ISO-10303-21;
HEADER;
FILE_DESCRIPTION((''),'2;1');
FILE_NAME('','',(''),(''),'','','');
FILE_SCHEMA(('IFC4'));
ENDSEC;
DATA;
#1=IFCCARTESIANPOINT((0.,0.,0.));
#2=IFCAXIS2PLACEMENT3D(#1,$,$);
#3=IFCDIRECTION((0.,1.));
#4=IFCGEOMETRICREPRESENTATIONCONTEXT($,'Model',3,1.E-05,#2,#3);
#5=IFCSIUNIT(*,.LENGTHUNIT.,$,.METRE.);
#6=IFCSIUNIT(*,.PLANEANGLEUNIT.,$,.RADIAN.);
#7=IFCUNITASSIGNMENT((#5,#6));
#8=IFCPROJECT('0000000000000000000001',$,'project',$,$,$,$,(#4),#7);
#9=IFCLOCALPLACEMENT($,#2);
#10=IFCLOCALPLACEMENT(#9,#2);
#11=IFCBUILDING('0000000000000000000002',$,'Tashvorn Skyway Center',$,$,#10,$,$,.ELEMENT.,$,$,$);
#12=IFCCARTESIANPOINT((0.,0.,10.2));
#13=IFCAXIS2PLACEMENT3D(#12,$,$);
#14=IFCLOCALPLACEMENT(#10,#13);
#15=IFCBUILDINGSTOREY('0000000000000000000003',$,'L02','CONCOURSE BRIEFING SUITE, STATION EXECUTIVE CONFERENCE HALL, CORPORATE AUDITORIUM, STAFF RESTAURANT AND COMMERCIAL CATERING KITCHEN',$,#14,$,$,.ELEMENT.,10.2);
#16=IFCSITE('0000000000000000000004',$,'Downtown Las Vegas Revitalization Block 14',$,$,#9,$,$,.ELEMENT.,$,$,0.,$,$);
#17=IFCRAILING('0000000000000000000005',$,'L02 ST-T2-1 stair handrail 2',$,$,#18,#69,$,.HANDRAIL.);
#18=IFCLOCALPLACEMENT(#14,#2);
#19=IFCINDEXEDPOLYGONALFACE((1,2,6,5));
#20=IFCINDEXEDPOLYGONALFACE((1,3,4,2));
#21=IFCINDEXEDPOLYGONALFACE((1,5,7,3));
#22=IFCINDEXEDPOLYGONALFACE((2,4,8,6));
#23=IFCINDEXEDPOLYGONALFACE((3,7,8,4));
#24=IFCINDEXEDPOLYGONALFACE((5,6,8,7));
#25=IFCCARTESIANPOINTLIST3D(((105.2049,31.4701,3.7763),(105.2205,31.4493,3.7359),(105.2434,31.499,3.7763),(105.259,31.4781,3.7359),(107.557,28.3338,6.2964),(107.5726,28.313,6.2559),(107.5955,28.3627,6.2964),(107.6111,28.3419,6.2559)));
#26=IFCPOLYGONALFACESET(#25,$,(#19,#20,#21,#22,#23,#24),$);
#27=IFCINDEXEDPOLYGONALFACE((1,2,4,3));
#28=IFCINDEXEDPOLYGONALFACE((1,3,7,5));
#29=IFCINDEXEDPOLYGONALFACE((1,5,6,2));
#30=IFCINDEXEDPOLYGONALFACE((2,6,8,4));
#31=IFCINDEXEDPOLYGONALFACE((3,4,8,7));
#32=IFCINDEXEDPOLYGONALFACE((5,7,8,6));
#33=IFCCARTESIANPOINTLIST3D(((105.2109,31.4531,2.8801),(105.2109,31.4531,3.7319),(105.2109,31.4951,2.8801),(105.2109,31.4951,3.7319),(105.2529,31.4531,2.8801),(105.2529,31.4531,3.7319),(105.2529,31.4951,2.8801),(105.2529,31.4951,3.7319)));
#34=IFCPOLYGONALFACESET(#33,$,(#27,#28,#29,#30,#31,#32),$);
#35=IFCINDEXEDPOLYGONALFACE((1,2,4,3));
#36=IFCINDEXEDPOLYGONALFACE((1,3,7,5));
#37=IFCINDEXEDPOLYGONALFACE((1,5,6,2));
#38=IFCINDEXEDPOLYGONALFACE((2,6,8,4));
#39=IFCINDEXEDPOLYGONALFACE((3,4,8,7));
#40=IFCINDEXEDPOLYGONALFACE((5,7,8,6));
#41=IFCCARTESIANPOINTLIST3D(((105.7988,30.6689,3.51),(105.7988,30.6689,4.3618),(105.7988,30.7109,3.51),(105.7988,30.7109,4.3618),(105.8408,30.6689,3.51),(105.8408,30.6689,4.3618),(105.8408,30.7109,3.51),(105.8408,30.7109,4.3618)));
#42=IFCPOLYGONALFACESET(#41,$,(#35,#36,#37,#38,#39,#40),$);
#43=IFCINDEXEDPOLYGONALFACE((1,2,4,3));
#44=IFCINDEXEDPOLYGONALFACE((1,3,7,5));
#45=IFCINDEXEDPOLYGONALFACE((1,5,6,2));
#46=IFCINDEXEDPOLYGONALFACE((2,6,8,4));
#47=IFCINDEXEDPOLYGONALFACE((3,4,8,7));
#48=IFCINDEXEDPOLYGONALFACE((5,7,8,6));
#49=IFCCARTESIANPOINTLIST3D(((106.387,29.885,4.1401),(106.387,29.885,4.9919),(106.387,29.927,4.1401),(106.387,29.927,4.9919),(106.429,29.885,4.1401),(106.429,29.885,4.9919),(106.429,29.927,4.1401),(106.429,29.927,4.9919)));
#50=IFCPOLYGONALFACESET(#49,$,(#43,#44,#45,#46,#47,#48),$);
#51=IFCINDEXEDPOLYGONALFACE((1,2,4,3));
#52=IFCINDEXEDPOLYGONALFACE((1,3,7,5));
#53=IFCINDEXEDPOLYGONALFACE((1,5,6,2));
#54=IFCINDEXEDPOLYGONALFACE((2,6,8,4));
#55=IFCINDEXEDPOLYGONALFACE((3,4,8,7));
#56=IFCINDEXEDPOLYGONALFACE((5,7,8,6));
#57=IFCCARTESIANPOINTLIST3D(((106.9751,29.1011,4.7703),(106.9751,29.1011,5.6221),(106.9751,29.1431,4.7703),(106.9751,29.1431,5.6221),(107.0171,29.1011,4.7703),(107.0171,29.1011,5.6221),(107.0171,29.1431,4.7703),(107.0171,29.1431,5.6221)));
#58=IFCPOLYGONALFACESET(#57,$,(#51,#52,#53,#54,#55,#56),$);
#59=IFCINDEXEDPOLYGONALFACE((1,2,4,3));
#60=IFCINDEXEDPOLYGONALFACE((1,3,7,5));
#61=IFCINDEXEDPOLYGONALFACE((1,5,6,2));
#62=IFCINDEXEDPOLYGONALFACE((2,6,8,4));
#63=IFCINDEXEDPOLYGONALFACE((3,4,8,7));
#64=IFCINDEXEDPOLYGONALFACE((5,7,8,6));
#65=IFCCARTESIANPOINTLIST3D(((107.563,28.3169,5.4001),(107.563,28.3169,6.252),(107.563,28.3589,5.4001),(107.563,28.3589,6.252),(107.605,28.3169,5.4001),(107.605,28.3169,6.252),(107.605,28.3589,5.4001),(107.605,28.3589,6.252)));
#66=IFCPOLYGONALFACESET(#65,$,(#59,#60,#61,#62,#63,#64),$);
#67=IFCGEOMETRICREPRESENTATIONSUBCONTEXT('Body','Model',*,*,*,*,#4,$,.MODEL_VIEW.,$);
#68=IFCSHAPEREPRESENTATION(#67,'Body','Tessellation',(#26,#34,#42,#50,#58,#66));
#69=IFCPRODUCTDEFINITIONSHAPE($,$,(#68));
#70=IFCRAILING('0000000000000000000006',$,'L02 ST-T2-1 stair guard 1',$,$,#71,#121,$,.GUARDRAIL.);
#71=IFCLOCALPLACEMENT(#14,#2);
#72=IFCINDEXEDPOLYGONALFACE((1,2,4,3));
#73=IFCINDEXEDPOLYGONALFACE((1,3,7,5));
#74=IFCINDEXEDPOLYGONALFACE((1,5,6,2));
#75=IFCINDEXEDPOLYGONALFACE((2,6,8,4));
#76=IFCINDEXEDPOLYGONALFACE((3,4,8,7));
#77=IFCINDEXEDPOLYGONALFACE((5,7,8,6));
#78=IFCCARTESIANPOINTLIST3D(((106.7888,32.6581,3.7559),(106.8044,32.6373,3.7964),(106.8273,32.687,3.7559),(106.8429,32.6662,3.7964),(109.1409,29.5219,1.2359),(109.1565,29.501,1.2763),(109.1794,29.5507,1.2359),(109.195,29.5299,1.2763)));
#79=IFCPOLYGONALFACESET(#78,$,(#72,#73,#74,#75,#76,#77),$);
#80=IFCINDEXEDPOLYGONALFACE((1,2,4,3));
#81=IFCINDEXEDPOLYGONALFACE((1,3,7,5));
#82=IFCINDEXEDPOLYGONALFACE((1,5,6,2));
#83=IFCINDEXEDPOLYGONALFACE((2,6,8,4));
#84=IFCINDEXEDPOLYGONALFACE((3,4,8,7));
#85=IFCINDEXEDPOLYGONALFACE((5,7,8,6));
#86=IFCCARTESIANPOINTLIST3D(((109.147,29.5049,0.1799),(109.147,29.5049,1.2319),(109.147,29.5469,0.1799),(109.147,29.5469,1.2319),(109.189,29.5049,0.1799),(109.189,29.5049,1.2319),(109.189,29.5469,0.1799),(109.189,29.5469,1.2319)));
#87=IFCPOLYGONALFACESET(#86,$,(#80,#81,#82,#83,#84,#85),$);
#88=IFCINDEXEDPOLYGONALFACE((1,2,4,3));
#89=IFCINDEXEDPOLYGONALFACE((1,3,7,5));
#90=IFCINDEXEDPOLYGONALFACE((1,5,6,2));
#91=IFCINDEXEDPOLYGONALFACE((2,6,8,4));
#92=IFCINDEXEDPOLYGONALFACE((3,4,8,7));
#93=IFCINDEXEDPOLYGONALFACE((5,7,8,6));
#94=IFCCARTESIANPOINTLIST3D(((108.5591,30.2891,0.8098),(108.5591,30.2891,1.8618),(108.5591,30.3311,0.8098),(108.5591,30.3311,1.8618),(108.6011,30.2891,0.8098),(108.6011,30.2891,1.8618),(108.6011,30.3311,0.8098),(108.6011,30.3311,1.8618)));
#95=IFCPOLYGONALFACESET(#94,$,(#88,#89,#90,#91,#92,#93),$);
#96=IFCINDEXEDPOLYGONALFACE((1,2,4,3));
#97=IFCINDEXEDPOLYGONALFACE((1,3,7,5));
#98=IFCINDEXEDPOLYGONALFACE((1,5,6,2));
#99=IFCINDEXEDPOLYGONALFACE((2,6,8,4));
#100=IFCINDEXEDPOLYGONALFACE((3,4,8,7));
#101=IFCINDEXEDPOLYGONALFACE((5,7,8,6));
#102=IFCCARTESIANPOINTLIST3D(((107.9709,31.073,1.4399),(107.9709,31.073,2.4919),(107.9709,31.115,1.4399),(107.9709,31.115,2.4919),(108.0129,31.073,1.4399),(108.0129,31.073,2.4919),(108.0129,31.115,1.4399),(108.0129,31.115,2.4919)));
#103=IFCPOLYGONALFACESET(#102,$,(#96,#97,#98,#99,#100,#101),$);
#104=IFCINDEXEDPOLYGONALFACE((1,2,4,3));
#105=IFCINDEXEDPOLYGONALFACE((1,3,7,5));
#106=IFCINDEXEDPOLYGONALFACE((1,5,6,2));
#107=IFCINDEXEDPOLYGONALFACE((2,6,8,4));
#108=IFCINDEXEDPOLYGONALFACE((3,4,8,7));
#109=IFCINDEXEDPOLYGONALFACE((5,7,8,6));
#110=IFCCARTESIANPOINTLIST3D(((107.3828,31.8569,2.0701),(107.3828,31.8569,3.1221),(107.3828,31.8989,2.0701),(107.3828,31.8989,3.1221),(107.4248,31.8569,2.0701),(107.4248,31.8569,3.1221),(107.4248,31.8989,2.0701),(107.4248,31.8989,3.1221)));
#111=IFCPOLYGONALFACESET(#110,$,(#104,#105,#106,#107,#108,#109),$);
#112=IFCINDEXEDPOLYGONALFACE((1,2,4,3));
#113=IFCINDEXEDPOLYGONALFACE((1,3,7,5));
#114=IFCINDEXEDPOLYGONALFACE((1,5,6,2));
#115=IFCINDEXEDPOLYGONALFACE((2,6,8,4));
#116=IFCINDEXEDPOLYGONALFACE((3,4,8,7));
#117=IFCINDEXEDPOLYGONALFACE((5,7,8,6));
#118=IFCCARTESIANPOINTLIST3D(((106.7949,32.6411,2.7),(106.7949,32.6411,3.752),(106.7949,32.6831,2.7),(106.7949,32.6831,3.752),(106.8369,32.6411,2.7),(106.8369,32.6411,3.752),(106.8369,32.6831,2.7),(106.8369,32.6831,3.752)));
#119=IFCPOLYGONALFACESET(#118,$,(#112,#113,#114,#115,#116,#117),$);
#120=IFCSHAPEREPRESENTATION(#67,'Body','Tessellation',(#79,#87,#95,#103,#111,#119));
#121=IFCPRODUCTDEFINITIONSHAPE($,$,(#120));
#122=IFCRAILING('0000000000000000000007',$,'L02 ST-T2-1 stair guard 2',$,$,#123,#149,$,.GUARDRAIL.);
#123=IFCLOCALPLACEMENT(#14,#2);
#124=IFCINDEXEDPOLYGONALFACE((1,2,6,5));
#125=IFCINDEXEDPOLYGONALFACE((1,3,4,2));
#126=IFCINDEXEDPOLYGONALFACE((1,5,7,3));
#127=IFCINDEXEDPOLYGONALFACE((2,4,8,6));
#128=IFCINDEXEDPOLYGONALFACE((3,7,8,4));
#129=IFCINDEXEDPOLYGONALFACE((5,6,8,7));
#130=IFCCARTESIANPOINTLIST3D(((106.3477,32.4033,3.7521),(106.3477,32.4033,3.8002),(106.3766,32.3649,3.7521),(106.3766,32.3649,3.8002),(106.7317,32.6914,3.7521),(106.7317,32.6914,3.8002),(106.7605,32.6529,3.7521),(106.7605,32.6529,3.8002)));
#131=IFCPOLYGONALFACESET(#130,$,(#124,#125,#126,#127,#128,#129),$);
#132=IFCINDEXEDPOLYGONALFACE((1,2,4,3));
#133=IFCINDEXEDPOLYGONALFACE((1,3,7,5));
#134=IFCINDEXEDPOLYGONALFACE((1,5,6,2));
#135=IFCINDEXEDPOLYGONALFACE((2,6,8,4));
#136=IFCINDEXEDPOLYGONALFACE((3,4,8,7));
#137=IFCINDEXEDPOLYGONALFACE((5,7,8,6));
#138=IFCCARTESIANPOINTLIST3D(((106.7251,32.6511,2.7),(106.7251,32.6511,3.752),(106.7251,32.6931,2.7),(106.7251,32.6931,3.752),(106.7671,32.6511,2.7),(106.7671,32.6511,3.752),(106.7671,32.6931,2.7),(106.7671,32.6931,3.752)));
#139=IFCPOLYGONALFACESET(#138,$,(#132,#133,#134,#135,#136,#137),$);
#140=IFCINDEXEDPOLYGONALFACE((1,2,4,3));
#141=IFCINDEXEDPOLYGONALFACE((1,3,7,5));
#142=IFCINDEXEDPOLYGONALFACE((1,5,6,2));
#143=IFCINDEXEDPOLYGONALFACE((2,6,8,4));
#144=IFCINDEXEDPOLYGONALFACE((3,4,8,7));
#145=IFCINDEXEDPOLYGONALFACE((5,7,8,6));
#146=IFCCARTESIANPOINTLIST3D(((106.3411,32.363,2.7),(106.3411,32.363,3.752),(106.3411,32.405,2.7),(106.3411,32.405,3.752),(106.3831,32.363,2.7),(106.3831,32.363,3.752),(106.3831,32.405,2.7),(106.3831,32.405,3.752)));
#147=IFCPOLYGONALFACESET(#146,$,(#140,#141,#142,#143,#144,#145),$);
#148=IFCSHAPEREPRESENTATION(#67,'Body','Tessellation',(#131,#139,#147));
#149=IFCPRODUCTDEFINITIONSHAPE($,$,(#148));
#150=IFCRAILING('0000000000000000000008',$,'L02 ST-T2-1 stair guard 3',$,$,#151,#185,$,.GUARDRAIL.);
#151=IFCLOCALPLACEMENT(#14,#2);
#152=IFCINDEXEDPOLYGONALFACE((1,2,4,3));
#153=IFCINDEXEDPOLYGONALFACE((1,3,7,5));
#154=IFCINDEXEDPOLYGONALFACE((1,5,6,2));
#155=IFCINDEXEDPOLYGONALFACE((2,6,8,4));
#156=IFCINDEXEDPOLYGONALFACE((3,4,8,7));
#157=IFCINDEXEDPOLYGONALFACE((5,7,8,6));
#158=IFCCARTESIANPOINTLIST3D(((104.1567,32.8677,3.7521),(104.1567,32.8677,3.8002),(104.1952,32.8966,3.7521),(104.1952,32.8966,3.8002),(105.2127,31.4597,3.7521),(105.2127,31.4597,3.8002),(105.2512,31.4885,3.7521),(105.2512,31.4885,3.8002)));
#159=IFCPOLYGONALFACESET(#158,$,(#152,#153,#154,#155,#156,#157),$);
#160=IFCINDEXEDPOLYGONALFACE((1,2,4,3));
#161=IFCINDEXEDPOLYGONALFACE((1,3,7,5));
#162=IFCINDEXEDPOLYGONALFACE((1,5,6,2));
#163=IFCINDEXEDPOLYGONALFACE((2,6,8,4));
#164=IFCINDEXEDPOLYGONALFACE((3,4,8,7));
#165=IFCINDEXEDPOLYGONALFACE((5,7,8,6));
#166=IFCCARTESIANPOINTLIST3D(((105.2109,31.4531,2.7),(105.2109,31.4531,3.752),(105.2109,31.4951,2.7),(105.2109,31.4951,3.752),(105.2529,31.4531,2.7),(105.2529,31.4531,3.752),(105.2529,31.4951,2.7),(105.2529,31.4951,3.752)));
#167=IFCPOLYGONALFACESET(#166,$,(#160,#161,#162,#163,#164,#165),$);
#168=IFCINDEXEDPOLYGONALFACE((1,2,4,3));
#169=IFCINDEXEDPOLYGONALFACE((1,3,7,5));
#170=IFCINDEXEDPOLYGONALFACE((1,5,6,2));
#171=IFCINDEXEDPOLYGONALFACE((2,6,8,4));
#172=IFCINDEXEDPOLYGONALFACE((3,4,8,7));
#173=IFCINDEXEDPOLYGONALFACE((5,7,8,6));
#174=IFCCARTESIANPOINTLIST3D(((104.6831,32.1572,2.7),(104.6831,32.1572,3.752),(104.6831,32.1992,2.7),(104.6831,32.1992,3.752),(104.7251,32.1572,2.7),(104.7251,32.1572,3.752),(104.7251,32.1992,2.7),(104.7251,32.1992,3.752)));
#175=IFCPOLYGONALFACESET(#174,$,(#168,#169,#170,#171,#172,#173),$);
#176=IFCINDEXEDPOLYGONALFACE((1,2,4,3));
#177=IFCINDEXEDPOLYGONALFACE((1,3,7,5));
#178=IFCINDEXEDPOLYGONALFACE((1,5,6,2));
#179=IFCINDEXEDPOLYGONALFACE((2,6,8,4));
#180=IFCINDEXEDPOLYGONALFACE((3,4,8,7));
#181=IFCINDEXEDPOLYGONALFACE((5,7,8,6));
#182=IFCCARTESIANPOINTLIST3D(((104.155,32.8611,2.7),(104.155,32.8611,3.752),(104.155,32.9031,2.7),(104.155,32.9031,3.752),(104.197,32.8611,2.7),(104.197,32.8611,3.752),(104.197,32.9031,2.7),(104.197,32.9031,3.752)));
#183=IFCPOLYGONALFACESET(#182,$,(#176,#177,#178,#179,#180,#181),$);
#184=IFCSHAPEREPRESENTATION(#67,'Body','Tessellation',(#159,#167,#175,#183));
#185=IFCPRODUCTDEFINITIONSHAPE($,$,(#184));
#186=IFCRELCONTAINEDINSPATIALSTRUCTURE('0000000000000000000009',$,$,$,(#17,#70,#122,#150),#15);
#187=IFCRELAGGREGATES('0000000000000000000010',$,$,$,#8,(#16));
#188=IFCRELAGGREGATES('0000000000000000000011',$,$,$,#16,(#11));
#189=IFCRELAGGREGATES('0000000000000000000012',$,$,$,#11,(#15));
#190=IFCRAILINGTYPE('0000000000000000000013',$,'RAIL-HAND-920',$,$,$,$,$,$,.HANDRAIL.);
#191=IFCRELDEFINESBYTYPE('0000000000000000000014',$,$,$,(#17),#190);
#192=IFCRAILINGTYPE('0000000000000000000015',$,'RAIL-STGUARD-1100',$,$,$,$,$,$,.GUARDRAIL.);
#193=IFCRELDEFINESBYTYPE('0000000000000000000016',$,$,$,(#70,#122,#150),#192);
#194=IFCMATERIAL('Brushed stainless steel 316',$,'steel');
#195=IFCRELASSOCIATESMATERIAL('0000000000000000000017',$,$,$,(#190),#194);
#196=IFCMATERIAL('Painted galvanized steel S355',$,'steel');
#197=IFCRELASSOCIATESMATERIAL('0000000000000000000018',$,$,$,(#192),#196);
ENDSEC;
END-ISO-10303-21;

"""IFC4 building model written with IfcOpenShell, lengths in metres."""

from ifc_helpers import new_model, si_unit, direction, frame, origin, origin_2d, place, context, subcontext, project, spatial, rectangle, extrude, material, type_object, element, save


model = new_model("IFC4")

# Units and contexts
model_context = context("Model", 3, precision=1e-05, world=origin(), true_north=direction((0.0, 1.0)))
body_context = subcontext(model_context, "Body", "Model", "MODEL_VIEW")
ifc_project = project(units=[si_unit("LENGTHUNIT", "METRE"), si_unit("PLANEANGLEUNIT", "RADIAN")], contexts=[model_context])

# Site, building, storey
site_placement = place(None, origin())
site = spatial("IfcSite", under=ifc_project, at=site_placement, Name="Downtown Las Vegas Revitalization Block 14", CompositionType="ELEMENT", RefElevation=0.0)
building_placement = place(site_placement, origin())
building = spatial("IfcBuilding", under=site, at=building_placement, Name="Tashvorn Skyway Center", CompositionType="ELEMENT")
storey_placement = place(building_placement, frame((0.0, 0.0, 10.2)))
storey = spatial("IfcBuildingStorey", under=building, at=storey_placement, Name="L02", Description="CONCOURSE BRIEFING SUITE, STATION EXECUTIVE CONFERENCE HALL, CORPORATE AUDITORIUM, STAFF RESTAURANT AND COMMERCIAL CATERING KITCHEN", CompositionType="ELEMENT", Elevation=10.2)

# Railings
ifc_material_1 = material(Name="Brushed stainless steel 316", Category="steel")
railing_type_1 = type_object("IfcRailingType", Name="RAIL-HAND-920", PredefinedType="HANDRAIL", material=ifc_material_1)
railing_1_placement = place(storey_placement, frame((105.2319, 31.4741, 2.8801)))
element("IfcRailing", 1, at=railing_1_placement, inside=storey, type_object=railing_type_1, Name="L02 ST-T2-1 stair handrail 2", PredefinedType="HANDRAIL", context=body_context, shape_type="SweptSolid", body=[
    extrude(rectangle(XDim=0.0481, YDim=0.0481, at=origin_2d()), frame((0.0, 0.0, 0.876), z_axis=(0.504697, -0.672965, 0.54074), x_axis=(0.800015, 0.59998, 0.0)), (0.0, 0.0, 1.0), 4.6604),
    extrude(rectangle(XDim=0.042, YDim=0.042, at=origin_2d()), origin(), (0.0, 0.0, 1.0), 0.8518),
    extrude(rectangle(XDim=0.042, YDim=0.042, at=origin_2d()), frame((0.5879, -0.7842, 0.6299)), (0.0, 0.0, 1.0), 0.8518),
    extrude(rectangle(XDim=0.042, YDim=0.042, at=origin_2d()), frame((1.176, -1.5681, 1.26)), (0.0, 0.0, 1.0), 0.8518),
    extrude(rectangle(XDim=0.042, YDim=0.042, at=origin_2d()), frame((1.7642, -2.3521, 1.8901)), (0.0, 0.0, 1.0), 0.8518),
    extrude(rectangle(XDim=0.042, YDim=0.042, at=origin_2d()), frame((2.3521, -3.1362, 2.52)), (0.0, 0.0, 1.0), 0.8518),
])
ifc_material_2 = material(Name="Painted galvanized steel S355", Category="steel")
railing_type_2 = type_object("IfcRailingType", Name="RAIL-STGUARD-1100", PredefinedType="GUARDRAIL", material=ifc_material_2)
railing_2_placement = place(storey_placement, frame((109.168, 29.5259, 0.1799)))
element("IfcRailing", 2, at=railing_2_placement, inside=storey, type_object=railing_type_2, Name="L02 ST-T2-1 stair guard 1", PredefinedType="GUARDRAIL", context=body_context, shape_type="SweptSolid", body=[
    extrude(rectangle(XDim=0.0481, YDim=0.0481, at=origin_2d()), frame((0.0, 0.0, 1.0762), z_axis=(-0.504697, 0.672965, 0.54074), x_axis=(-0.800015, -0.59998, 0.0)), (0.0, 0.0, 1.0), 4.6604),
    extrude(rectangle(XDim=0.042, YDim=0.042, at=origin_2d()), origin(), (0.0, 0.0, 1.0), 1.052),
    extrude(rectangle(XDim=0.042, YDim=0.042, at=origin_2d()), frame((-0.5879, 0.7842, 0.6299)), (0.0, 0.0, 1.0), 1.052),
    extrude(rectangle(XDim=0.042, YDim=0.042, at=origin_2d()), frame((-1.176, 1.5681, 1.26)), (0.0, 0.0, 1.0), 1.052),
    extrude(rectangle(XDim=0.042, YDim=0.042, at=origin_2d()), frame((-1.7642, 2.3521, 1.8901)), (0.0, 0.0, 1.0), 1.052),
    extrude(rectangle(XDim=0.042, YDim=0.042, at=origin_2d()), frame((-2.3521, 3.1362, 2.52)), (0.0, 0.0, 1.0), 1.052),
])
railing_3_placement = place(storey_placement, frame((106.7461, 32.6721, 2.7)))
element("IfcRailing", 3, at=railing_3_placement, inside=storey, type_object=railing_type_2, Name="L02 ST-T2-1 stair guard 2", PredefinedType="GUARDRAIL", context=body_context, shape_type="SweptSolid", body=[
    extrude(rectangle(XDim=0.0481, YDim=0.0481, at=origin_2d()), frame((0.0, 0.0, 1.0762), z_axis=(-0.799939, -0.600081, 0.0), x_axis=(0.600081, -0.799939, 0.0)), (0.0, 0.0, 1.0), 0.48),
    extrude(rectangle(XDim=0.042, YDim=0.042, at=origin_2d()), origin(), (0.0, 0.0, 1.0), 1.052),
    extrude(rectangle(XDim=0.042, YDim=0.042, at=origin_2d()), frame((-0.384, -0.2881, 0.0)), (0.0, 0.0, 1.0), 1.052),
])
railing_4_placement = place(storey_placement, frame((105.2319, 31.4741, 2.7)))
element("IfcRailing", 4, at=railing_4_placement, inside=storey, type_object=railing_type_2, Name="L02 ST-T2-1 stair guard 3", PredefinedType="GUARDRAIL", context=body_context, shape_type="SweptSolid", body=[
    extrude(rectangle(XDim=0.0481, YDim=0.0481, at=origin_2d()), frame((0.0, 0.0, 1.0762), z_axis=(-0.599978, 0.800017, 0.0), x_axis=(-0.800017, -0.599978, 0.0)), (0.0, 0.0, 1.0), 1.76),
    extrude(rectangle(XDim=0.042, YDim=0.042, at=origin_2d()), origin(), (0.0, 0.0, 1.0), 1.052),
    extrude(rectangle(XDim=0.042, YDim=0.042, at=origin_2d()), frame((-0.5278, 0.7041, 0.0)), (0.0, 0.0, 1.0), 1.052),
    extrude(rectangle(XDim=0.042, YDim=0.042, at=origin_2d()), frame((-1.0559, 1.408, 0.0)), (0.0, 0.0, 1.0), 1.052),
])

save(model, "model.ifc")
